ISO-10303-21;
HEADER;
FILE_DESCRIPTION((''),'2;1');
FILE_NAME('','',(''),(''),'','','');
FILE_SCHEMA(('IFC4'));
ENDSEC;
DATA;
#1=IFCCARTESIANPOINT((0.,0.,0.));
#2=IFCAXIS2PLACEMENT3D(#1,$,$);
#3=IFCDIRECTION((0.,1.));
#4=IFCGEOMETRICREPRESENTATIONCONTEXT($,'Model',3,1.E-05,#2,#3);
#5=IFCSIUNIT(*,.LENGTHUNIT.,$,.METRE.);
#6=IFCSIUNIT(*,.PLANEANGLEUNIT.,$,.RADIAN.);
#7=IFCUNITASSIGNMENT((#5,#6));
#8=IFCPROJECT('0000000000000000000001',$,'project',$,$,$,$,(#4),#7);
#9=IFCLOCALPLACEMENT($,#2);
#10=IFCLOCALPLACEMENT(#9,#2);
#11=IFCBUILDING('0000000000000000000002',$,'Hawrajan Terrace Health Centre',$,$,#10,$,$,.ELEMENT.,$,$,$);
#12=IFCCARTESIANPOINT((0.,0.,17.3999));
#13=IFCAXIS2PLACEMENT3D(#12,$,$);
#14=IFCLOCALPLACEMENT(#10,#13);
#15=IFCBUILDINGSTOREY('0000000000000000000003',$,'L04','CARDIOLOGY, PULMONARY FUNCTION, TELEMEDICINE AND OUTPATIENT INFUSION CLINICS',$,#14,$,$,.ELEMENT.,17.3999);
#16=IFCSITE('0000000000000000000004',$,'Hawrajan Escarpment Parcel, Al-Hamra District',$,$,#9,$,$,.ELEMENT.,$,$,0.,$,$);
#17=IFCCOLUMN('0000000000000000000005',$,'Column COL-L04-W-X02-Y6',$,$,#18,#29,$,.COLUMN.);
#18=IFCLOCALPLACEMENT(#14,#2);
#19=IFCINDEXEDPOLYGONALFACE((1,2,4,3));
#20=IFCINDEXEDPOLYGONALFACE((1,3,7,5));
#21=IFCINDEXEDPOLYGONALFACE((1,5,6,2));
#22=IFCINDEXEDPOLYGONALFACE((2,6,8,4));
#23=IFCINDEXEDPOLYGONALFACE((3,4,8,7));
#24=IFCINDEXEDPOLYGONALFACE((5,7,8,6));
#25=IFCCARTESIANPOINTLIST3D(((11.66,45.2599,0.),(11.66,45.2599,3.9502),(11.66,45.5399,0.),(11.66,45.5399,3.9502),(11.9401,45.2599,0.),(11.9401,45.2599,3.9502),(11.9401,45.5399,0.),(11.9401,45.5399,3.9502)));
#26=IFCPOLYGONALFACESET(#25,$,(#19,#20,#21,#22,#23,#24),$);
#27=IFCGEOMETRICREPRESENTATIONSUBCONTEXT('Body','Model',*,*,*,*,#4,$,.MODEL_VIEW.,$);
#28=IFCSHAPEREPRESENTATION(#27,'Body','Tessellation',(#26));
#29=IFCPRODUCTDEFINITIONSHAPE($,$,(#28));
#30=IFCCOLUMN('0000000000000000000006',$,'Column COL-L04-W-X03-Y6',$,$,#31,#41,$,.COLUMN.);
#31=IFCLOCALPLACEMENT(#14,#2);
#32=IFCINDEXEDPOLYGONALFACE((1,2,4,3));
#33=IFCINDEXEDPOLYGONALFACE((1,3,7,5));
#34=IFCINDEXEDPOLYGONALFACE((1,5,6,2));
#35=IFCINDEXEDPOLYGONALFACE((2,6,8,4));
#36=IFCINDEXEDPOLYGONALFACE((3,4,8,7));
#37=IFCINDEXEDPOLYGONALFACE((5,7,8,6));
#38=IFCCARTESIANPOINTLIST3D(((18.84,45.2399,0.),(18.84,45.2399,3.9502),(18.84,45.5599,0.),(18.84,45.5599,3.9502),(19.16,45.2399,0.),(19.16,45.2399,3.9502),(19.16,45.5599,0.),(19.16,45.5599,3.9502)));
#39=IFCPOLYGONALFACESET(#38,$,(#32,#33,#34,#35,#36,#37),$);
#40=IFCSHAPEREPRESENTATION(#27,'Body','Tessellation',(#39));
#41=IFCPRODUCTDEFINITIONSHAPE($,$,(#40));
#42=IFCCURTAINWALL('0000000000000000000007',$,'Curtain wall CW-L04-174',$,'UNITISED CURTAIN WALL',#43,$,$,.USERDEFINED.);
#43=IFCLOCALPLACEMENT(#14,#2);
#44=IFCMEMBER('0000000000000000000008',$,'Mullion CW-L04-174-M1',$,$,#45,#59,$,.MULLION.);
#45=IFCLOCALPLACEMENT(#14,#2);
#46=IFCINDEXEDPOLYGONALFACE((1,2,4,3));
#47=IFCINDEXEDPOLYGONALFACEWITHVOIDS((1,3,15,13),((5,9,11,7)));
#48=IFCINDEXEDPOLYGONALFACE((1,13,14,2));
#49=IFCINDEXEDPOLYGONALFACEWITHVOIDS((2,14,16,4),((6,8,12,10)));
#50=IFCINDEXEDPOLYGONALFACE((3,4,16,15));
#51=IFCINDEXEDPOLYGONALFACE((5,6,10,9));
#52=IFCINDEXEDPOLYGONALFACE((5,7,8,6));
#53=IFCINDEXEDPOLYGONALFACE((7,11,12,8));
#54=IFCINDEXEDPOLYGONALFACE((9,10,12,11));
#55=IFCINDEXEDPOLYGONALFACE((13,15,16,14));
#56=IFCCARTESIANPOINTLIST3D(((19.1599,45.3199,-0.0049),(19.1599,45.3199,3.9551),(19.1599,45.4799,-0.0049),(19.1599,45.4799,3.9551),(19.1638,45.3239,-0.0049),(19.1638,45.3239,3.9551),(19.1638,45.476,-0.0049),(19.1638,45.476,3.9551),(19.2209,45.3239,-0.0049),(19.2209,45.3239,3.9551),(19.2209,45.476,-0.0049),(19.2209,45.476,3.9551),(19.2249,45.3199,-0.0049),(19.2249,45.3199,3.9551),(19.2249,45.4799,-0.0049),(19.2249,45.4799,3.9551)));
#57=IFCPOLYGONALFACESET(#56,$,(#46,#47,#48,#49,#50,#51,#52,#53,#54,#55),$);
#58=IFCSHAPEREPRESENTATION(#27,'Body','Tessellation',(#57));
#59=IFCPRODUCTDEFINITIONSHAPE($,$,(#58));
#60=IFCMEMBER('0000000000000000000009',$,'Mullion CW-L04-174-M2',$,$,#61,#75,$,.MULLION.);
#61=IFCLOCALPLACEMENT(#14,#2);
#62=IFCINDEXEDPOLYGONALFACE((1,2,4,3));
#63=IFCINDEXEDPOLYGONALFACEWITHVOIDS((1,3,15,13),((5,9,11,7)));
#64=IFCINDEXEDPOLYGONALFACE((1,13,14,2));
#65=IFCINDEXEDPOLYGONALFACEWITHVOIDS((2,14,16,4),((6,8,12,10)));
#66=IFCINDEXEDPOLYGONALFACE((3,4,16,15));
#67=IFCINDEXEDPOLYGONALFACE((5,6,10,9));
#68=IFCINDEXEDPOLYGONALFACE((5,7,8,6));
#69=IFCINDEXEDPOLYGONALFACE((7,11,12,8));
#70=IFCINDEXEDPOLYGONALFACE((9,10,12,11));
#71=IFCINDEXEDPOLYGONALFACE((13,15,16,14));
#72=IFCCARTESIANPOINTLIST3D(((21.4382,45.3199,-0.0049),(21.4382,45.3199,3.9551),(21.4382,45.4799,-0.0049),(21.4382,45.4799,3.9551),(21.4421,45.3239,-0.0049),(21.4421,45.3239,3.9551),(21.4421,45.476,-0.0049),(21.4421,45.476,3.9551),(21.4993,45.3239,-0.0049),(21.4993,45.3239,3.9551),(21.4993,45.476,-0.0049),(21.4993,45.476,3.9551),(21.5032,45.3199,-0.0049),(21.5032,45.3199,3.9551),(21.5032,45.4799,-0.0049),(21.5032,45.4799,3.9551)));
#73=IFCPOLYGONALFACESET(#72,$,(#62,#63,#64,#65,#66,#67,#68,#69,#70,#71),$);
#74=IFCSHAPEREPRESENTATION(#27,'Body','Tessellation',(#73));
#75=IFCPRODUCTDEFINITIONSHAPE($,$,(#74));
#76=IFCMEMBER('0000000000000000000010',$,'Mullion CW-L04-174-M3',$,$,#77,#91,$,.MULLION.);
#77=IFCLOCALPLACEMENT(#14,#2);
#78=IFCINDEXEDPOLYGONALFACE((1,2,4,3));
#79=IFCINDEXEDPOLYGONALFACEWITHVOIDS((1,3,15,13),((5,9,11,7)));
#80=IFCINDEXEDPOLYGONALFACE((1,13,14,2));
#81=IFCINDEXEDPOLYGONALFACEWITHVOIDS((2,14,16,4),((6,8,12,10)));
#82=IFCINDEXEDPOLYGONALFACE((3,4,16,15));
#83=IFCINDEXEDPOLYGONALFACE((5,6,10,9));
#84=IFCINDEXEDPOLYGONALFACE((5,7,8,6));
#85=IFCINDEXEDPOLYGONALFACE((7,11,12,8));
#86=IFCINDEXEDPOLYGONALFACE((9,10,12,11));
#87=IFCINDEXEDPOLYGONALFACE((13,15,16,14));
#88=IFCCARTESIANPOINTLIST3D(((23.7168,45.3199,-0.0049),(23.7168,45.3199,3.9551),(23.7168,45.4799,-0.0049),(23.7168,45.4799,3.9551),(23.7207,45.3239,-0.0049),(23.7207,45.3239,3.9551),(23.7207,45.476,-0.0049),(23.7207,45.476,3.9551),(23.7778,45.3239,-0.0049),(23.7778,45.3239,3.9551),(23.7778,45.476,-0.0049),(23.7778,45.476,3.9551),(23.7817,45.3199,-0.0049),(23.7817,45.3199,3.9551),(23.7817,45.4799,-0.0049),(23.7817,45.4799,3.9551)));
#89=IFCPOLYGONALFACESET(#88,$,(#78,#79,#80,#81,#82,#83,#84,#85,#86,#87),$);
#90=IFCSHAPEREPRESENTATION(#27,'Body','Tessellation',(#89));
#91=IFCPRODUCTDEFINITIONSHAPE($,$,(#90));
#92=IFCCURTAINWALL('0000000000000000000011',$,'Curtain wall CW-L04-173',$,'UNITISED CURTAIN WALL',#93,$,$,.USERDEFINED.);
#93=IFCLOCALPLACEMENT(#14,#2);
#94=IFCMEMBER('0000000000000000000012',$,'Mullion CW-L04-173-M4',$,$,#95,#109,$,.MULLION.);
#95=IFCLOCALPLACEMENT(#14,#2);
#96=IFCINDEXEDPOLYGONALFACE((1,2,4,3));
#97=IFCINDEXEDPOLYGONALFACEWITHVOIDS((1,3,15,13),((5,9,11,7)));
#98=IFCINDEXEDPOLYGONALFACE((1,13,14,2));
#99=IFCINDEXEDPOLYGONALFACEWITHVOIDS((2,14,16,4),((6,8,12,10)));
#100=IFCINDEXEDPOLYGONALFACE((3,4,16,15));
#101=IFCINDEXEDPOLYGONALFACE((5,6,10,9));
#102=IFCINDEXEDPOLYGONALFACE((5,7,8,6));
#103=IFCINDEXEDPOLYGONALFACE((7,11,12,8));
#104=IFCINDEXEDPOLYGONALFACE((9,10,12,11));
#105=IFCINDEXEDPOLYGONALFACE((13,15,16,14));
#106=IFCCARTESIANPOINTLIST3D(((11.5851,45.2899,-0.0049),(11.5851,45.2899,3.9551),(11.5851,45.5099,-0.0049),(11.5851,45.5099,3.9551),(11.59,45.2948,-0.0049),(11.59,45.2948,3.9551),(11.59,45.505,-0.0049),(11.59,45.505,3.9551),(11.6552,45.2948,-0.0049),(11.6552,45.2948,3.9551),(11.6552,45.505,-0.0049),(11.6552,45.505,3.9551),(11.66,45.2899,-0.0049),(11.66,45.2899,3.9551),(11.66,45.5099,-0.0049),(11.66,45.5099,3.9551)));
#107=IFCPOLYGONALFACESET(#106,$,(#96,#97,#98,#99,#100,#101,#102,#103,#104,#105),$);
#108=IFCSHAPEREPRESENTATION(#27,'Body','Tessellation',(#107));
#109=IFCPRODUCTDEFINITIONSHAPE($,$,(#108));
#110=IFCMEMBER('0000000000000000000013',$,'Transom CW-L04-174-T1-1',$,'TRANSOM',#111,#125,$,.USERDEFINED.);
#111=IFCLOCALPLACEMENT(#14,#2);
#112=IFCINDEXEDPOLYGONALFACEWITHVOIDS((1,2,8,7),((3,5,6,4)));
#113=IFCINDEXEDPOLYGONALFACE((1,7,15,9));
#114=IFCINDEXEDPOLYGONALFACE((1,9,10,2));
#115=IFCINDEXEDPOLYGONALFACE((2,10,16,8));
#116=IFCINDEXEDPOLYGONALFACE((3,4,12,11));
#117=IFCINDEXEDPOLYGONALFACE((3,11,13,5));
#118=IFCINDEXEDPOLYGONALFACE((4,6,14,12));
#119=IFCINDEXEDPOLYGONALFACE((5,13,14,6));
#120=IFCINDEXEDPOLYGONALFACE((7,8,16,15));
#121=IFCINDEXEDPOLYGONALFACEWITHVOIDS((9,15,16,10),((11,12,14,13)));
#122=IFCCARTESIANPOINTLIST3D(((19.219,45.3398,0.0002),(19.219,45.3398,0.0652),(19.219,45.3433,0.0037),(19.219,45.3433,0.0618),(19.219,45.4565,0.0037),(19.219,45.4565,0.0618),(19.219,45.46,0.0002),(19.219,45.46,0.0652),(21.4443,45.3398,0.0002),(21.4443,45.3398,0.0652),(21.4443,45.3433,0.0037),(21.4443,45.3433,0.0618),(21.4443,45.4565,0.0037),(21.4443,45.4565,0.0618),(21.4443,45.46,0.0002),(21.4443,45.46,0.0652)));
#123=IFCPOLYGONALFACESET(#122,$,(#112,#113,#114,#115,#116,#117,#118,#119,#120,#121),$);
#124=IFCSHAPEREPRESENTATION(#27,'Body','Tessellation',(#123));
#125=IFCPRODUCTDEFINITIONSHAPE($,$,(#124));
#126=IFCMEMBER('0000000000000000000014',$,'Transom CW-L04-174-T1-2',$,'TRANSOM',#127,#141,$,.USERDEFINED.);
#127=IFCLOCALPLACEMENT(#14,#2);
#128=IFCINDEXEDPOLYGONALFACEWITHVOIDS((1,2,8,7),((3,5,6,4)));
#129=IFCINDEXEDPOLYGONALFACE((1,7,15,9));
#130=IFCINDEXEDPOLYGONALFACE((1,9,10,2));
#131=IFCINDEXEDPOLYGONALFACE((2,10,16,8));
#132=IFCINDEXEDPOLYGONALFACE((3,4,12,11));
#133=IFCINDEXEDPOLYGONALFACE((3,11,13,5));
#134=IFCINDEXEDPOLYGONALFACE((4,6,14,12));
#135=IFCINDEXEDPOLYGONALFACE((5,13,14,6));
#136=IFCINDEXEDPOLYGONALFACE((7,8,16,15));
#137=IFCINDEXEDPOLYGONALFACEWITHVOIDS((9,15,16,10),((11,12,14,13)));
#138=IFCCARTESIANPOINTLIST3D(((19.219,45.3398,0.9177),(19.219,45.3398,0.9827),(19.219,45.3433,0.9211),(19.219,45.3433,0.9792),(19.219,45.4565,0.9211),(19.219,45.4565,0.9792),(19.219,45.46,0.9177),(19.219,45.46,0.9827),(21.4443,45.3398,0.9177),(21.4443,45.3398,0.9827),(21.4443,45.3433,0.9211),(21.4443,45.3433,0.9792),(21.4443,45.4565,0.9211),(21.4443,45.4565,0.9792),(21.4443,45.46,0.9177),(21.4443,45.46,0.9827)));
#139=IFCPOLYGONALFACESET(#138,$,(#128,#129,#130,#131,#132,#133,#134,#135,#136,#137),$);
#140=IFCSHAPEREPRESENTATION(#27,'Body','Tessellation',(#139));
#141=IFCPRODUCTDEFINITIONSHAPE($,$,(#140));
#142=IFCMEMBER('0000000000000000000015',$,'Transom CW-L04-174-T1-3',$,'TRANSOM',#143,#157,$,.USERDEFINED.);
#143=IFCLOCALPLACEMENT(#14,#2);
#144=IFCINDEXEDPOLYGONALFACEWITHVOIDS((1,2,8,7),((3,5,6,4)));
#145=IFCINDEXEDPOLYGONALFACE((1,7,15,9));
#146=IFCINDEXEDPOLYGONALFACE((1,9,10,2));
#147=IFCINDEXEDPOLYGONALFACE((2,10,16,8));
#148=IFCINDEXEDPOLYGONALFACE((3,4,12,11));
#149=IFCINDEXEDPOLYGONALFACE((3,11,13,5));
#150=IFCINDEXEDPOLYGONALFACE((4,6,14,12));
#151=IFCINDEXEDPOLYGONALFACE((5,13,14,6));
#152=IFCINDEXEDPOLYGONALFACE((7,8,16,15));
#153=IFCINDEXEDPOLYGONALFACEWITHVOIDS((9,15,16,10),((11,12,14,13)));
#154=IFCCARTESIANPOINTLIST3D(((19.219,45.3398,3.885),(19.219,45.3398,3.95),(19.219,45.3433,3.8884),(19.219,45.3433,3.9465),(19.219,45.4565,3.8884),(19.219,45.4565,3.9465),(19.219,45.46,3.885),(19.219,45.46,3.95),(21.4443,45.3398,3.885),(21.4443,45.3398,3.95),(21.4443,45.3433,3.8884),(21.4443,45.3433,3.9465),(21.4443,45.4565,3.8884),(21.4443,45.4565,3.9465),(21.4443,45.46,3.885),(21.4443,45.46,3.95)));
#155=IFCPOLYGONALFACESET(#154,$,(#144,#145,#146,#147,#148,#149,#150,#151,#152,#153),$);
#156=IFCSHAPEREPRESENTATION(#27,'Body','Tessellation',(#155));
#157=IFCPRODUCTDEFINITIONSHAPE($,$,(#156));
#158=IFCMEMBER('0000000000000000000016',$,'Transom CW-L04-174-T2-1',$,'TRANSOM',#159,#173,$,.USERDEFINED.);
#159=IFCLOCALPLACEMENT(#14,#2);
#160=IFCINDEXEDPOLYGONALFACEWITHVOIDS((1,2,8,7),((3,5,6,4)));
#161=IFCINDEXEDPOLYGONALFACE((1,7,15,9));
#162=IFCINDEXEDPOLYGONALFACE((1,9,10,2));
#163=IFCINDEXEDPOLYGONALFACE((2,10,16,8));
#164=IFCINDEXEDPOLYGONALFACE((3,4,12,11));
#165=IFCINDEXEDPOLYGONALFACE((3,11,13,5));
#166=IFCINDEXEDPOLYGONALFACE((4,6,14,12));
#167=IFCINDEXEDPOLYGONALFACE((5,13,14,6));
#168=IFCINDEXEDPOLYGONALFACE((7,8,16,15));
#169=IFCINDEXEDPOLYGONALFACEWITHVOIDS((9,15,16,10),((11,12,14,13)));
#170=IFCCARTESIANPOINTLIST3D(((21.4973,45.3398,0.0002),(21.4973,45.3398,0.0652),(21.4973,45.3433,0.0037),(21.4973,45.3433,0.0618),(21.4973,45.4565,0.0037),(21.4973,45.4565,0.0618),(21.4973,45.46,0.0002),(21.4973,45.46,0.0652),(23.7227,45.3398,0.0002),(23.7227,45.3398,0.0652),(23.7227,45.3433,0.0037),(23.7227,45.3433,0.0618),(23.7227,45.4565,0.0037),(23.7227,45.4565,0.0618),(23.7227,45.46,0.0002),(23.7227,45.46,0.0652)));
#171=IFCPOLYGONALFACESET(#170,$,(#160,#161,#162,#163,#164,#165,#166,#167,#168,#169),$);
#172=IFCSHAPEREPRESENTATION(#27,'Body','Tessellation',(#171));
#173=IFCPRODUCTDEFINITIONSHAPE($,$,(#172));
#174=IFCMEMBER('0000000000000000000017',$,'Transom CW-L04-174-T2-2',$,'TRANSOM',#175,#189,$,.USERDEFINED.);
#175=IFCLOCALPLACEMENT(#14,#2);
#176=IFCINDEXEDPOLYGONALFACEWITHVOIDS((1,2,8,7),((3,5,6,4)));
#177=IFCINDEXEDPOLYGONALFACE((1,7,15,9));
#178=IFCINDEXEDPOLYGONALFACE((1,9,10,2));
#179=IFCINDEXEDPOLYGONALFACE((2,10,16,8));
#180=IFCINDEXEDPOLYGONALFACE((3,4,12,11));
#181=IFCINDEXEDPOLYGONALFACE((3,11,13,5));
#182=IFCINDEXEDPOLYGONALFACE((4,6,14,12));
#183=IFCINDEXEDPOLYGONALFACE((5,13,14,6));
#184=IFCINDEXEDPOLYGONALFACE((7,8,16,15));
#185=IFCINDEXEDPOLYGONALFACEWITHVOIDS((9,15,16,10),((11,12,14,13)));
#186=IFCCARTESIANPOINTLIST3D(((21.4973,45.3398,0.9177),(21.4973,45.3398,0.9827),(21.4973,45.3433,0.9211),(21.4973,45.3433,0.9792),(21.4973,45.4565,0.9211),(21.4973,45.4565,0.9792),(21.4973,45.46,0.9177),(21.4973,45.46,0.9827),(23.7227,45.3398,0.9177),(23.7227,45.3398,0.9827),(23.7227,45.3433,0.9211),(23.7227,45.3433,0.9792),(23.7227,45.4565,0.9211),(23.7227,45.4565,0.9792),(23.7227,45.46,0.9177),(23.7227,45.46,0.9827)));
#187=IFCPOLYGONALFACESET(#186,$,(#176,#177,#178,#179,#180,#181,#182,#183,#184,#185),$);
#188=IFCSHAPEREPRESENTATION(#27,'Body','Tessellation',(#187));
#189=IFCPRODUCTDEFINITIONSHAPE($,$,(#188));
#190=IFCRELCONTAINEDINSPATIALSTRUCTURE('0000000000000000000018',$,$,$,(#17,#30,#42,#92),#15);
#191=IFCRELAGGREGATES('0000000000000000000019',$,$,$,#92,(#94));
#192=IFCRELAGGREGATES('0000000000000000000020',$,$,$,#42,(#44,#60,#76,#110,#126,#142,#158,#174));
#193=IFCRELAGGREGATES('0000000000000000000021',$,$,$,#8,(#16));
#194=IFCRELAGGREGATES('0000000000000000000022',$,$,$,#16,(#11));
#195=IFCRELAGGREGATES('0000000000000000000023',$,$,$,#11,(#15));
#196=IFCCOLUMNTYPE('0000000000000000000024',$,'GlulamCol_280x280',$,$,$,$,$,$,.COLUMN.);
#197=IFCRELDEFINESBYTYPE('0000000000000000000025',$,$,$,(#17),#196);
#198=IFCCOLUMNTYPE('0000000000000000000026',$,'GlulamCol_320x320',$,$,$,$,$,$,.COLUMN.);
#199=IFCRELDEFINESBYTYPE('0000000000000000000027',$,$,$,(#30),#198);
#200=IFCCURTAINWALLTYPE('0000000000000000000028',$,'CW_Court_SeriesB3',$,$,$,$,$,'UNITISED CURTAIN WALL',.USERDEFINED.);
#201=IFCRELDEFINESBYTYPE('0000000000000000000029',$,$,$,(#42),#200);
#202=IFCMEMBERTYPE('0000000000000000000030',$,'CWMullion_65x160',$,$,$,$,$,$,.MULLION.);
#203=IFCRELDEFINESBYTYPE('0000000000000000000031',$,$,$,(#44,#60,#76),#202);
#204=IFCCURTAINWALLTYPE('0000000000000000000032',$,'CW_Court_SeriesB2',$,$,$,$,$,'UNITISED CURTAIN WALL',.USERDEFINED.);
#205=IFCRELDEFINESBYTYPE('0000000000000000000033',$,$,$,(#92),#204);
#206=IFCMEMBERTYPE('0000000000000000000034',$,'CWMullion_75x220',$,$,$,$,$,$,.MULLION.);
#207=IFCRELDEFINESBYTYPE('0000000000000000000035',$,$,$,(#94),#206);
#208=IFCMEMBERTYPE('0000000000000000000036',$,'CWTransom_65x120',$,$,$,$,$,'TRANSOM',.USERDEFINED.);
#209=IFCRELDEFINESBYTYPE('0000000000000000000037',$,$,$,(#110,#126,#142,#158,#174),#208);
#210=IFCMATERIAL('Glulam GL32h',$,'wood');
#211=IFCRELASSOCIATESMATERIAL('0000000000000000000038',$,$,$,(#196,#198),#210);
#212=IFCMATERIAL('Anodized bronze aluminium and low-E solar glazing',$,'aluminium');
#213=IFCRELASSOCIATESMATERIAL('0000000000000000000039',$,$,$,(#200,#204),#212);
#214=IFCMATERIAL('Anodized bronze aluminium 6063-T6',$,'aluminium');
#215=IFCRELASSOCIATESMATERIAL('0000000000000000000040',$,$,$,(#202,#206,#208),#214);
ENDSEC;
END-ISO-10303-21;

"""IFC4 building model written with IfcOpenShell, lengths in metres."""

from ifc_helpers import new_model, si_unit, direction, frame, origin, origin_2d, place, context, subcontext, project, spatial, rectangle, hollow_rectangle, extrude, material, material_profile, profile_set, type_object, element, aggregate, save


model = new_model("IFC4")

# Units and contexts
model_context = context("Model", 3, precision=1e-05, world=origin(), true_north=direction((0.0, 1.0)))
body_context = subcontext(model_context, "Body", "Model", "MODEL_VIEW")
ifc_project = project(units=[si_unit("LENGTHUNIT", "METRE"), si_unit("PLANEANGLEUNIT", "RADIAN")], contexts=[model_context])

# Site, building, storey
site_placement = place(None, origin())
site = spatial("IfcSite", under=ifc_project, at=site_placement, Name="Hawrajan Escarpment Parcel, Al-Hamra District", CompositionType="ELEMENT", RefElevation=0.0)
building_placement = place(site_placement, origin())
building = spatial("IfcBuilding", under=site, at=building_placement, Name="Hawrajan Terrace Health Centre", CompositionType="ELEMENT")
storey_placement = place(building_placement, frame((0.0, 0.0, 17.3999)))
storey = spatial("IfcBuildingStorey", under=building, at=storey_placement, Name="L04", Description="CARDIOLOGY, PULMONARY FUNCTION, TELEMEDICINE AND OUTPATIENT INFUSION CLINICS", CompositionType="ELEMENT", Elevation=17.3999)

# Columns
ifc_material_1 = material(Name="Glulam GL32h", Category="wood")
ifc_material_profile_1 = material_profile(ifc_material_1, rectangle(XDim=0.28, YDim=0.28, at=origin_2d()), Name="GL 280x280")
ifc_profile_set_1 = profile_set([ifc_material_profile_1], Name="Glulam GL32h")
column_type_1 = type_object("IfcColumnType", Name="GlulamCol_280x280", PredefinedType="COLUMN", material=ifc_profile_set_1)
column_1_placement = place(storey_placement, frame((11.8, 45.3999, 0.0), z_axis=(0.0, 0.0, 1.0), x_axis=(1.0, 0.0, 0.0)))
element("IfcColumn", 1, at=column_1_placement, inside=storey, type_object=column_type_1, Name="Column COL-L04-W-X02-Y6", PredefinedType="COLUMN", context=body_context, shape_type="SweptSolid", body=[
    extrude(rectangle(XDim=0.28, YDim=0.28, at=origin_2d()), origin(), (0.0, 0.0, 1.0), 3.9502),
])
ifc_material_profile_2 = material_profile(ifc_material_1, rectangle(XDim=0.3201, YDim=0.3201, at=origin_2d()), Name="GL 320x320")
ifc_profile_set_2 = profile_set([ifc_material_profile_2], Name="Glulam GL32h")
column_type_2 = type_object("IfcColumnType", Name="GlulamCol_320x320", PredefinedType="COLUMN", material=ifc_profile_set_2)
column_2_placement = place(storey_placement, frame((19.0, 45.3999, 0.0), z_axis=(0.0, 0.0, 1.0), x_axis=(1.0, 0.0, 0.0)))
element("IfcColumn", 2, at=column_2_placement, inside=storey, type_object=column_type_2, Name="Column COL-L04-W-X03-Y6", PredefinedType="COLUMN", context=body_context, shape_type="SweptSolid", body=[
    extrude(rectangle(XDim=0.3201, YDim=0.3201, at=origin_2d()), origin(), (0.0, 0.0, 1.0), 3.9502),
])

# Curtain wall, members
ifc_material_2 = material(Name="Anodized bronze aluminium and low-E solar glazing", Category="aluminium")
curtain_wall_type_1 = type_object("IfcCurtainWallType", Name="CW_Court_SeriesB3", ElementType="UNITISED CURTAIN WALL", PredefinedType="USERDEFINED", material=ifc_material_2)
curtain_wall_1_placement = place(storey_placement, origin())
curtain_wall_1 = element("IfcCurtainWall", 3, at=curtain_wall_1_placement, inside=storey, type_object=curtain_wall_type_1, Name="Curtain wall CW-L04-174", ObjectType="UNITISED CURTAIN WALL", PredefinedType="USERDEFINED")
ifc_material_3 = material(Name="Anodized bronze aluminium 6063-T6", Category="aluminium")
ifc_material_profile_3 = material_profile(ifc_material_3, hollow_rectangle(XDim=0.0649, YDim=0.1599, WallThickness=0.0039, at=origin_2d()), Name="CW MUL 65x160")
ifc_profile_set_3 = profile_set([ifc_material_profile_3], Name="Anodized bronze aluminium 6063-T6")
member_type_1 = type_object("IfcMemberType", Name="CWMullion_65x160", PredefinedType="MULLION", material=ifc_profile_set_3)
member_1_placement = place(storey_placement, frame((19.1924, 45.3999, -0.0049), z_axis=(0.0, 0.0, 1.0), x_axis=(1.0, 0.0, 0.0)))
member_1 = element("IfcMember", 4, at=member_1_placement, type_object=member_type_1, Name="Mullion CW-L04-174-M1", PredefinedType="MULLION", context=body_context, shape_type="SweptSolid", body=[
    extrude(hollow_rectangle(XDim=0.0649, YDim=0.1599, WallThickness=0.0039, at=origin_2d()), origin(), (0.0, 0.0, 1.0), 3.96),
])
member_2_placement = place(storey_placement, frame((21.4707, 45.3999, -0.0049), z_axis=(0.0, 0.0, 1.0), x_axis=(1.0, 0.0, 0.0)))
member_2 = element("IfcMember", 5, at=member_2_placement, type_object=member_type_1, Name="Mullion CW-L04-174-M2", PredefinedType="MULLION", context=body_context, shape_type="SweptSolid", body=[
    extrude(hollow_rectangle(XDim=0.0649, YDim=0.1599, WallThickness=0.0039, at=origin_2d()), origin(), (0.0, 0.0, 1.0), 3.96),
])
member_3_placement = place(storey_placement, frame((23.7493, 45.3999, -0.0049), z_axis=(0.0, 0.0, 1.0), x_axis=(1.0, 0.0, 0.0)))
member_3 = element("IfcMember", 6, at=member_3_placement, type_object=member_type_1, Name="Mullion CW-L04-174-M3", PredefinedType="MULLION", context=body_context, shape_type="SweptSolid", body=[
    extrude(hollow_rectangle(XDim=0.0649, YDim=0.1599, WallThickness=0.0039, at=origin_2d()), origin(), (0.0, 0.0, 1.0), 3.96),
])

# Curtain wall, member
curtain_wall_type_2 = type_object("IfcCurtainWallType", Name="CW_Court_SeriesB2", ElementType="UNITISED CURTAIN WALL", PredefinedType="USERDEFINED", material=ifc_material_2)
curtain_wall_2_placement = place(storey_placement, origin())
curtain_wall_2 = element("IfcCurtainWall", 7, at=curtain_wall_2_placement, inside=storey, type_object=curtain_wall_type_2, Name="Curtain wall CW-L04-173", ObjectType="UNITISED CURTAIN WALL", PredefinedType="USERDEFINED")
ifc_material_profile_4 = material_profile(ifc_material_3, hollow_rectangle(XDim=0.075, YDim=0.22, WallThickness=0.0049, at=origin_2d()), Name="CW MUL 75x220")
ifc_profile_set_4 = profile_set([ifc_material_profile_4], Name="Anodized bronze aluminium 6063-T6")
member_type_2 = type_object("IfcMemberType", Name="CWMullion_75x220", PredefinedType="MULLION", material=ifc_profile_set_4)
member_4_placement = place(storey_placement, frame((11.6226, 45.3999, -0.0049), z_axis=(0.0, 0.0, 1.0), x_axis=(1.0, 0.0, 0.0)))
member_4 = element("IfcMember", 8, at=member_4_placement, type_object=member_type_2, Name="Mullion CW-L04-173-M4", PredefinedType="MULLION", context=body_context, shape_type="SweptSolid", body=[
    extrude(hollow_rectangle(XDim=0.075, YDim=0.22, WallThickness=0.0049, at=origin_2d()), origin(), (0.0, 0.0, 1.0), 3.96),
])
aggregate(curtain_wall_2, [member_4])

# Members
ifc_material_profile_5 = material_profile(ifc_material_3, hollow_rectangle(XDim=0.0649, YDim=0.1201, WallThickness=0.0034, at=origin_2d()), Name="CW TRN 65x120")
ifc_profile_set_5 = profile_set([ifc_material_profile_5], Name="Anodized bronze aluminium 6063-T6")
member_type_3 = type_object("IfcMemberType", Name="CWTransom_65x120", ElementType="TRANSOM", PredefinedType="USERDEFINED", material=ifc_profile_set_5)
member_5_placement = place(storey_placement, frame((19.219, 45.3999, 0.0327), z_axis=(1.0, 0.0, 0.0), x_axis=(0.0, 0.0, 1.0)))
member_5 = element("IfcMember", 9, at=member_5_placement, type_object=member_type_3, Name="Transom CW-L04-174-T1-1", ObjectType="TRANSOM", PredefinedType="USERDEFINED", context=body_context, shape_type="SweptSolid", body=[
    extrude(hollow_rectangle(XDim=0.0649, YDim=0.1201, WallThickness=0.0034, at=origin_2d()), origin(), (0.0, 0.0, 1.0), 2.2253),
])
member_6_placement = place(storey_placement, frame((19.219, 45.3999, 0.9502), z_axis=(1.0, 0.0, 0.0), x_axis=(0.0, 0.0, 1.0)))
member_6 = element("IfcMember", 10, at=member_6_placement, type_object=member_type_3, Name="Transom CW-L04-174-T1-2", ObjectType="TRANSOM", PredefinedType="USERDEFINED", context=body_context, shape_type="SweptSolid", body=[
    extrude(hollow_rectangle(XDim=0.0649, YDim=0.1201, WallThickness=0.0034, at=origin_2d()), origin(), (0.0, 0.0, 1.0), 2.2253),
])
member_7_placement = place(storey_placement, frame((19.219, 45.3999, 3.9175), z_axis=(1.0, 0.0, 0.0), x_axis=(0.0, 0.0, 1.0)))
member_7 = element("IfcMember", 11, at=member_7_placement, type_object=member_type_3, Name="Transom CW-L04-174-T1-3", ObjectType="TRANSOM", PredefinedType="USERDEFINED", context=body_context, shape_type="SweptSolid", body=[
    extrude(hollow_rectangle(XDim=0.0649, YDim=0.1201, WallThickness=0.0034, at=origin_2d()), origin(), (0.0, 0.0, 1.0), 2.2253),
])
member_8_placement = place(storey_placement, frame((21.4973, 45.3999, 0.0327), z_axis=(1.0, 0.0, 0.0), x_axis=(0.0, 0.0, 1.0)))
member_8 = element("IfcMember", 12, at=member_8_placement, type_object=member_type_3, Name="Transom CW-L04-174-T2-1", ObjectType="TRANSOM", PredefinedType="USERDEFINED", context=body_context, shape_type="SweptSolid", body=[
    extrude(hollow_rectangle(XDim=0.0649, YDim=0.1201, WallThickness=0.0034, at=origin_2d()), origin(), (0.0, 0.0, 1.0), 2.2253),
])
member_9_placement = place(storey_placement, frame((21.4973, 45.3999, 0.9502), z_axis=(1.0, 0.0, 0.0), x_axis=(0.0, 0.0, 1.0)))
member_9 = element("IfcMember", 13, at=member_9_placement, type_object=member_type_3, Name="Transom CW-L04-174-T2-2", ObjectType="TRANSOM", PredefinedType="USERDEFINED", context=body_context, shape_type="SweptSolid", body=[
    extrude(hollow_rectangle(XDim=0.0649, YDim=0.1201, WallThickness=0.0034, at=origin_2d()), origin(), (0.0, 0.0, 1.0), 2.2253),
])

aggregate(curtain_wall_1, [member_1, member_2, member_3, member_5, member_6, member_7, member_8, member_9])

save(model, "model.ifc")
